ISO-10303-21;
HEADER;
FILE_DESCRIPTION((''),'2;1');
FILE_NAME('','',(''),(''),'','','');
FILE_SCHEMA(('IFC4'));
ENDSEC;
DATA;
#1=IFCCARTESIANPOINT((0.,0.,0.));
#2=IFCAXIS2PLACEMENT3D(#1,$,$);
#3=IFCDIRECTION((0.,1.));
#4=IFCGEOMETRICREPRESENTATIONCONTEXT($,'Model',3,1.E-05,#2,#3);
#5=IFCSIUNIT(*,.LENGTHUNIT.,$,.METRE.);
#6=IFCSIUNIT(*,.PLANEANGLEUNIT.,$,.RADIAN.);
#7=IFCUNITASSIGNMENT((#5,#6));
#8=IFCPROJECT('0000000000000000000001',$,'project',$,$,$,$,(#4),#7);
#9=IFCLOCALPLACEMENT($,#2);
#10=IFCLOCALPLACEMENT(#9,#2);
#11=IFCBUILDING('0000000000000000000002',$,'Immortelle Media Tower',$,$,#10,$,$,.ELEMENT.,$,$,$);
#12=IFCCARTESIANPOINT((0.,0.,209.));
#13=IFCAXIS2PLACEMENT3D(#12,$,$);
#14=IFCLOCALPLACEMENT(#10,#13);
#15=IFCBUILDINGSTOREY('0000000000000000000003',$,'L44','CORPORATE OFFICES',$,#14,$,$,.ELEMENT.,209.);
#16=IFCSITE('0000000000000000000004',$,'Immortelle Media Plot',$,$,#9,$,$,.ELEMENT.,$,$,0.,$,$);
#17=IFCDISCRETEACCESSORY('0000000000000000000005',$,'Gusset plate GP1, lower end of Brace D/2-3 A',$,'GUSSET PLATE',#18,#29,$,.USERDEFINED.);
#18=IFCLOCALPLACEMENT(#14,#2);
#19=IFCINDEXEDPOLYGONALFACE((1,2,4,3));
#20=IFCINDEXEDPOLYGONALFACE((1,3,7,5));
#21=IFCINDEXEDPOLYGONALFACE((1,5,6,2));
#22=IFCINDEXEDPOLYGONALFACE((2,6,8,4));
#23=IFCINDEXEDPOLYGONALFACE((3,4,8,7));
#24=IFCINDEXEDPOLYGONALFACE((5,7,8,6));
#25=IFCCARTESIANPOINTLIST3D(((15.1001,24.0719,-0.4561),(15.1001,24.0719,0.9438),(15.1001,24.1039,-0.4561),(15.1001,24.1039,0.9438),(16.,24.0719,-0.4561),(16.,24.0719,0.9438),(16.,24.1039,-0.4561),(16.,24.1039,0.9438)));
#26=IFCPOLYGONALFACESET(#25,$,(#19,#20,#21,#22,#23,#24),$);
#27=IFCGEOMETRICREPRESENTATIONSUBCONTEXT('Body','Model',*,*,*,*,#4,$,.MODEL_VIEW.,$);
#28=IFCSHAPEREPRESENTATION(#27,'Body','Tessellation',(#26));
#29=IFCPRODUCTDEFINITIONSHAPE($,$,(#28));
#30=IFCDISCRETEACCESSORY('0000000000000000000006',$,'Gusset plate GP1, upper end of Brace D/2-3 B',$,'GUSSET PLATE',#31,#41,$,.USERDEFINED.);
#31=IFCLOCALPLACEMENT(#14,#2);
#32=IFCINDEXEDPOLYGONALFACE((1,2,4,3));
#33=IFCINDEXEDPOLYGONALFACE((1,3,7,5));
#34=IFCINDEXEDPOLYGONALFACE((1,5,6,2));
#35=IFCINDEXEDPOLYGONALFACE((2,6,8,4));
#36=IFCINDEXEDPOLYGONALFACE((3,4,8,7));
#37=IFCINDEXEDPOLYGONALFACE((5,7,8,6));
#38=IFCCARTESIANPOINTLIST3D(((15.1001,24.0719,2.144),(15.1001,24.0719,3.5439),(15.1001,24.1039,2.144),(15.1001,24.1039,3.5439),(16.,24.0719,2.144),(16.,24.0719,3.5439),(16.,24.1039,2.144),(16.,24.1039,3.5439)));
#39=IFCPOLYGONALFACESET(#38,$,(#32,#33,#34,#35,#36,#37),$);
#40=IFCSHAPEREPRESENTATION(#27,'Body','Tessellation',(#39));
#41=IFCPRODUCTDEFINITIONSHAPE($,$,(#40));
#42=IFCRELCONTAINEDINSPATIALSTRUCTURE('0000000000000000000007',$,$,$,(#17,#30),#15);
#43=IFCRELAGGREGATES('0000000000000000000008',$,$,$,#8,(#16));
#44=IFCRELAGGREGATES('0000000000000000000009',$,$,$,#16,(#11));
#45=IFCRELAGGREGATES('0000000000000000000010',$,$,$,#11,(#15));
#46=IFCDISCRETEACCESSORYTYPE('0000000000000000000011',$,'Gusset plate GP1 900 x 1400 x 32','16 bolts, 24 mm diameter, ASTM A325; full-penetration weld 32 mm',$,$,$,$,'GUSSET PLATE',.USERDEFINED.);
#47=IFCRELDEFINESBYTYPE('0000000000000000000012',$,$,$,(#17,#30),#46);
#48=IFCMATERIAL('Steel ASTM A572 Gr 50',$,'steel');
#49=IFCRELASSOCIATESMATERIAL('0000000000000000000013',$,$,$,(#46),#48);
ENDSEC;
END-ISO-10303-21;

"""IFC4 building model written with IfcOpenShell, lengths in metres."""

from ifc_helpers import new_model, si_unit, direction, frame, origin, origin_2d, place, context, subcontext, project, spatial, rectangle, extrude, material, material_profile, profile_set, type_object, element, save


model = new_model("IFC4")

# Units and contexts
model_context = context("Model", 3, precision=1e-05, world=origin(), true_north=direction((0.0, 1.0)))
body_context = subcontext(model_context, "Body", "Model", "MODEL_VIEW")
ifc_project = project(units=[si_unit("LENGTHUNIT", "METRE"), si_unit("PLANEANGLEUNIT", "RADIAN")], contexts=[model_context])

# Site, building, storey
site_placement = place(None, origin())
site = spatial("IfcSite", under=ifc_project, at=site_placement, Name="Immortelle Media Plot", CompositionType="ELEMENT", RefElevation=0.0)
building_placement = place(site_placement, origin())
building = spatial("IfcBuilding", under=site, at=building_placement, Name="Immortelle Media Tower", CompositionType="ELEMENT")
storey_placement = place(building_placement, frame((0.0, 0.0, 209.0)))
storey = spatial("IfcBuildingStorey", under=building, at=storey_placement, Name="L44", Description="CORPORATE OFFICES", CompositionType="ELEMENT", Elevation=209.0)

# Discrete accessories
ifc_material_1 = material(Name="Steel ASTM A572 Gr 50", Category="steel")
ifc_material_profile_1 = material_profile(ifc_material_1, rectangle(XDim=0.032, YDim=1.3999, at=origin_2d()), Name="PL 32 x 1400")
ifc_profile_set_1 = profile_set([ifc_material_profile_1], Name="Steel ASTM A572 Gr 50")
discrete_accessory_type_1 = type_object("IfcDiscreteAccessoryType", Name="Gusset plate GP1 900 x 1400 x 32", Description="16 bolts, 24 mm diameter, ASTM A325; full-penetration weld 32 mm", ElementType="GUSSET PLATE", PredefinedType="USERDEFINED", material=ifc_profile_set_1)
for number, where, z_axis, x_axis, name in (
    (1, (16.0, 24.0879, 0.2439), (-1.0, 0.0, 0.0), (0.0, -1.0, 0.0), "Gusset plate GP1, lower end of Brace D/2-3 A"),
    (2, (16.0, 24.0879, 2.844), (-1.0, 0.0, 0.0), (0.0, -1.0, 0.0), "Gusset plate GP1, upper end of Brace D/2-3 B"),
):
    element("IfcDiscreteAccessory", number, at=place(storey_placement, frame(where, z_axis=z_axis, x_axis=x_axis)), inside=storey, type_object=discrete_accessory_type_1, Name=name, ObjectType="GUSSET PLATE", PredefinedType="USERDEFINED", context=body_context, shape_type="SweptSolid", body=[
        extrude(rectangle(XDim=0.032, YDim=1.3999, at=origin_2d()), origin(), (0.0, 0.0, 1.0), 0.8999),
    ])

save(model, "model.ifc")
